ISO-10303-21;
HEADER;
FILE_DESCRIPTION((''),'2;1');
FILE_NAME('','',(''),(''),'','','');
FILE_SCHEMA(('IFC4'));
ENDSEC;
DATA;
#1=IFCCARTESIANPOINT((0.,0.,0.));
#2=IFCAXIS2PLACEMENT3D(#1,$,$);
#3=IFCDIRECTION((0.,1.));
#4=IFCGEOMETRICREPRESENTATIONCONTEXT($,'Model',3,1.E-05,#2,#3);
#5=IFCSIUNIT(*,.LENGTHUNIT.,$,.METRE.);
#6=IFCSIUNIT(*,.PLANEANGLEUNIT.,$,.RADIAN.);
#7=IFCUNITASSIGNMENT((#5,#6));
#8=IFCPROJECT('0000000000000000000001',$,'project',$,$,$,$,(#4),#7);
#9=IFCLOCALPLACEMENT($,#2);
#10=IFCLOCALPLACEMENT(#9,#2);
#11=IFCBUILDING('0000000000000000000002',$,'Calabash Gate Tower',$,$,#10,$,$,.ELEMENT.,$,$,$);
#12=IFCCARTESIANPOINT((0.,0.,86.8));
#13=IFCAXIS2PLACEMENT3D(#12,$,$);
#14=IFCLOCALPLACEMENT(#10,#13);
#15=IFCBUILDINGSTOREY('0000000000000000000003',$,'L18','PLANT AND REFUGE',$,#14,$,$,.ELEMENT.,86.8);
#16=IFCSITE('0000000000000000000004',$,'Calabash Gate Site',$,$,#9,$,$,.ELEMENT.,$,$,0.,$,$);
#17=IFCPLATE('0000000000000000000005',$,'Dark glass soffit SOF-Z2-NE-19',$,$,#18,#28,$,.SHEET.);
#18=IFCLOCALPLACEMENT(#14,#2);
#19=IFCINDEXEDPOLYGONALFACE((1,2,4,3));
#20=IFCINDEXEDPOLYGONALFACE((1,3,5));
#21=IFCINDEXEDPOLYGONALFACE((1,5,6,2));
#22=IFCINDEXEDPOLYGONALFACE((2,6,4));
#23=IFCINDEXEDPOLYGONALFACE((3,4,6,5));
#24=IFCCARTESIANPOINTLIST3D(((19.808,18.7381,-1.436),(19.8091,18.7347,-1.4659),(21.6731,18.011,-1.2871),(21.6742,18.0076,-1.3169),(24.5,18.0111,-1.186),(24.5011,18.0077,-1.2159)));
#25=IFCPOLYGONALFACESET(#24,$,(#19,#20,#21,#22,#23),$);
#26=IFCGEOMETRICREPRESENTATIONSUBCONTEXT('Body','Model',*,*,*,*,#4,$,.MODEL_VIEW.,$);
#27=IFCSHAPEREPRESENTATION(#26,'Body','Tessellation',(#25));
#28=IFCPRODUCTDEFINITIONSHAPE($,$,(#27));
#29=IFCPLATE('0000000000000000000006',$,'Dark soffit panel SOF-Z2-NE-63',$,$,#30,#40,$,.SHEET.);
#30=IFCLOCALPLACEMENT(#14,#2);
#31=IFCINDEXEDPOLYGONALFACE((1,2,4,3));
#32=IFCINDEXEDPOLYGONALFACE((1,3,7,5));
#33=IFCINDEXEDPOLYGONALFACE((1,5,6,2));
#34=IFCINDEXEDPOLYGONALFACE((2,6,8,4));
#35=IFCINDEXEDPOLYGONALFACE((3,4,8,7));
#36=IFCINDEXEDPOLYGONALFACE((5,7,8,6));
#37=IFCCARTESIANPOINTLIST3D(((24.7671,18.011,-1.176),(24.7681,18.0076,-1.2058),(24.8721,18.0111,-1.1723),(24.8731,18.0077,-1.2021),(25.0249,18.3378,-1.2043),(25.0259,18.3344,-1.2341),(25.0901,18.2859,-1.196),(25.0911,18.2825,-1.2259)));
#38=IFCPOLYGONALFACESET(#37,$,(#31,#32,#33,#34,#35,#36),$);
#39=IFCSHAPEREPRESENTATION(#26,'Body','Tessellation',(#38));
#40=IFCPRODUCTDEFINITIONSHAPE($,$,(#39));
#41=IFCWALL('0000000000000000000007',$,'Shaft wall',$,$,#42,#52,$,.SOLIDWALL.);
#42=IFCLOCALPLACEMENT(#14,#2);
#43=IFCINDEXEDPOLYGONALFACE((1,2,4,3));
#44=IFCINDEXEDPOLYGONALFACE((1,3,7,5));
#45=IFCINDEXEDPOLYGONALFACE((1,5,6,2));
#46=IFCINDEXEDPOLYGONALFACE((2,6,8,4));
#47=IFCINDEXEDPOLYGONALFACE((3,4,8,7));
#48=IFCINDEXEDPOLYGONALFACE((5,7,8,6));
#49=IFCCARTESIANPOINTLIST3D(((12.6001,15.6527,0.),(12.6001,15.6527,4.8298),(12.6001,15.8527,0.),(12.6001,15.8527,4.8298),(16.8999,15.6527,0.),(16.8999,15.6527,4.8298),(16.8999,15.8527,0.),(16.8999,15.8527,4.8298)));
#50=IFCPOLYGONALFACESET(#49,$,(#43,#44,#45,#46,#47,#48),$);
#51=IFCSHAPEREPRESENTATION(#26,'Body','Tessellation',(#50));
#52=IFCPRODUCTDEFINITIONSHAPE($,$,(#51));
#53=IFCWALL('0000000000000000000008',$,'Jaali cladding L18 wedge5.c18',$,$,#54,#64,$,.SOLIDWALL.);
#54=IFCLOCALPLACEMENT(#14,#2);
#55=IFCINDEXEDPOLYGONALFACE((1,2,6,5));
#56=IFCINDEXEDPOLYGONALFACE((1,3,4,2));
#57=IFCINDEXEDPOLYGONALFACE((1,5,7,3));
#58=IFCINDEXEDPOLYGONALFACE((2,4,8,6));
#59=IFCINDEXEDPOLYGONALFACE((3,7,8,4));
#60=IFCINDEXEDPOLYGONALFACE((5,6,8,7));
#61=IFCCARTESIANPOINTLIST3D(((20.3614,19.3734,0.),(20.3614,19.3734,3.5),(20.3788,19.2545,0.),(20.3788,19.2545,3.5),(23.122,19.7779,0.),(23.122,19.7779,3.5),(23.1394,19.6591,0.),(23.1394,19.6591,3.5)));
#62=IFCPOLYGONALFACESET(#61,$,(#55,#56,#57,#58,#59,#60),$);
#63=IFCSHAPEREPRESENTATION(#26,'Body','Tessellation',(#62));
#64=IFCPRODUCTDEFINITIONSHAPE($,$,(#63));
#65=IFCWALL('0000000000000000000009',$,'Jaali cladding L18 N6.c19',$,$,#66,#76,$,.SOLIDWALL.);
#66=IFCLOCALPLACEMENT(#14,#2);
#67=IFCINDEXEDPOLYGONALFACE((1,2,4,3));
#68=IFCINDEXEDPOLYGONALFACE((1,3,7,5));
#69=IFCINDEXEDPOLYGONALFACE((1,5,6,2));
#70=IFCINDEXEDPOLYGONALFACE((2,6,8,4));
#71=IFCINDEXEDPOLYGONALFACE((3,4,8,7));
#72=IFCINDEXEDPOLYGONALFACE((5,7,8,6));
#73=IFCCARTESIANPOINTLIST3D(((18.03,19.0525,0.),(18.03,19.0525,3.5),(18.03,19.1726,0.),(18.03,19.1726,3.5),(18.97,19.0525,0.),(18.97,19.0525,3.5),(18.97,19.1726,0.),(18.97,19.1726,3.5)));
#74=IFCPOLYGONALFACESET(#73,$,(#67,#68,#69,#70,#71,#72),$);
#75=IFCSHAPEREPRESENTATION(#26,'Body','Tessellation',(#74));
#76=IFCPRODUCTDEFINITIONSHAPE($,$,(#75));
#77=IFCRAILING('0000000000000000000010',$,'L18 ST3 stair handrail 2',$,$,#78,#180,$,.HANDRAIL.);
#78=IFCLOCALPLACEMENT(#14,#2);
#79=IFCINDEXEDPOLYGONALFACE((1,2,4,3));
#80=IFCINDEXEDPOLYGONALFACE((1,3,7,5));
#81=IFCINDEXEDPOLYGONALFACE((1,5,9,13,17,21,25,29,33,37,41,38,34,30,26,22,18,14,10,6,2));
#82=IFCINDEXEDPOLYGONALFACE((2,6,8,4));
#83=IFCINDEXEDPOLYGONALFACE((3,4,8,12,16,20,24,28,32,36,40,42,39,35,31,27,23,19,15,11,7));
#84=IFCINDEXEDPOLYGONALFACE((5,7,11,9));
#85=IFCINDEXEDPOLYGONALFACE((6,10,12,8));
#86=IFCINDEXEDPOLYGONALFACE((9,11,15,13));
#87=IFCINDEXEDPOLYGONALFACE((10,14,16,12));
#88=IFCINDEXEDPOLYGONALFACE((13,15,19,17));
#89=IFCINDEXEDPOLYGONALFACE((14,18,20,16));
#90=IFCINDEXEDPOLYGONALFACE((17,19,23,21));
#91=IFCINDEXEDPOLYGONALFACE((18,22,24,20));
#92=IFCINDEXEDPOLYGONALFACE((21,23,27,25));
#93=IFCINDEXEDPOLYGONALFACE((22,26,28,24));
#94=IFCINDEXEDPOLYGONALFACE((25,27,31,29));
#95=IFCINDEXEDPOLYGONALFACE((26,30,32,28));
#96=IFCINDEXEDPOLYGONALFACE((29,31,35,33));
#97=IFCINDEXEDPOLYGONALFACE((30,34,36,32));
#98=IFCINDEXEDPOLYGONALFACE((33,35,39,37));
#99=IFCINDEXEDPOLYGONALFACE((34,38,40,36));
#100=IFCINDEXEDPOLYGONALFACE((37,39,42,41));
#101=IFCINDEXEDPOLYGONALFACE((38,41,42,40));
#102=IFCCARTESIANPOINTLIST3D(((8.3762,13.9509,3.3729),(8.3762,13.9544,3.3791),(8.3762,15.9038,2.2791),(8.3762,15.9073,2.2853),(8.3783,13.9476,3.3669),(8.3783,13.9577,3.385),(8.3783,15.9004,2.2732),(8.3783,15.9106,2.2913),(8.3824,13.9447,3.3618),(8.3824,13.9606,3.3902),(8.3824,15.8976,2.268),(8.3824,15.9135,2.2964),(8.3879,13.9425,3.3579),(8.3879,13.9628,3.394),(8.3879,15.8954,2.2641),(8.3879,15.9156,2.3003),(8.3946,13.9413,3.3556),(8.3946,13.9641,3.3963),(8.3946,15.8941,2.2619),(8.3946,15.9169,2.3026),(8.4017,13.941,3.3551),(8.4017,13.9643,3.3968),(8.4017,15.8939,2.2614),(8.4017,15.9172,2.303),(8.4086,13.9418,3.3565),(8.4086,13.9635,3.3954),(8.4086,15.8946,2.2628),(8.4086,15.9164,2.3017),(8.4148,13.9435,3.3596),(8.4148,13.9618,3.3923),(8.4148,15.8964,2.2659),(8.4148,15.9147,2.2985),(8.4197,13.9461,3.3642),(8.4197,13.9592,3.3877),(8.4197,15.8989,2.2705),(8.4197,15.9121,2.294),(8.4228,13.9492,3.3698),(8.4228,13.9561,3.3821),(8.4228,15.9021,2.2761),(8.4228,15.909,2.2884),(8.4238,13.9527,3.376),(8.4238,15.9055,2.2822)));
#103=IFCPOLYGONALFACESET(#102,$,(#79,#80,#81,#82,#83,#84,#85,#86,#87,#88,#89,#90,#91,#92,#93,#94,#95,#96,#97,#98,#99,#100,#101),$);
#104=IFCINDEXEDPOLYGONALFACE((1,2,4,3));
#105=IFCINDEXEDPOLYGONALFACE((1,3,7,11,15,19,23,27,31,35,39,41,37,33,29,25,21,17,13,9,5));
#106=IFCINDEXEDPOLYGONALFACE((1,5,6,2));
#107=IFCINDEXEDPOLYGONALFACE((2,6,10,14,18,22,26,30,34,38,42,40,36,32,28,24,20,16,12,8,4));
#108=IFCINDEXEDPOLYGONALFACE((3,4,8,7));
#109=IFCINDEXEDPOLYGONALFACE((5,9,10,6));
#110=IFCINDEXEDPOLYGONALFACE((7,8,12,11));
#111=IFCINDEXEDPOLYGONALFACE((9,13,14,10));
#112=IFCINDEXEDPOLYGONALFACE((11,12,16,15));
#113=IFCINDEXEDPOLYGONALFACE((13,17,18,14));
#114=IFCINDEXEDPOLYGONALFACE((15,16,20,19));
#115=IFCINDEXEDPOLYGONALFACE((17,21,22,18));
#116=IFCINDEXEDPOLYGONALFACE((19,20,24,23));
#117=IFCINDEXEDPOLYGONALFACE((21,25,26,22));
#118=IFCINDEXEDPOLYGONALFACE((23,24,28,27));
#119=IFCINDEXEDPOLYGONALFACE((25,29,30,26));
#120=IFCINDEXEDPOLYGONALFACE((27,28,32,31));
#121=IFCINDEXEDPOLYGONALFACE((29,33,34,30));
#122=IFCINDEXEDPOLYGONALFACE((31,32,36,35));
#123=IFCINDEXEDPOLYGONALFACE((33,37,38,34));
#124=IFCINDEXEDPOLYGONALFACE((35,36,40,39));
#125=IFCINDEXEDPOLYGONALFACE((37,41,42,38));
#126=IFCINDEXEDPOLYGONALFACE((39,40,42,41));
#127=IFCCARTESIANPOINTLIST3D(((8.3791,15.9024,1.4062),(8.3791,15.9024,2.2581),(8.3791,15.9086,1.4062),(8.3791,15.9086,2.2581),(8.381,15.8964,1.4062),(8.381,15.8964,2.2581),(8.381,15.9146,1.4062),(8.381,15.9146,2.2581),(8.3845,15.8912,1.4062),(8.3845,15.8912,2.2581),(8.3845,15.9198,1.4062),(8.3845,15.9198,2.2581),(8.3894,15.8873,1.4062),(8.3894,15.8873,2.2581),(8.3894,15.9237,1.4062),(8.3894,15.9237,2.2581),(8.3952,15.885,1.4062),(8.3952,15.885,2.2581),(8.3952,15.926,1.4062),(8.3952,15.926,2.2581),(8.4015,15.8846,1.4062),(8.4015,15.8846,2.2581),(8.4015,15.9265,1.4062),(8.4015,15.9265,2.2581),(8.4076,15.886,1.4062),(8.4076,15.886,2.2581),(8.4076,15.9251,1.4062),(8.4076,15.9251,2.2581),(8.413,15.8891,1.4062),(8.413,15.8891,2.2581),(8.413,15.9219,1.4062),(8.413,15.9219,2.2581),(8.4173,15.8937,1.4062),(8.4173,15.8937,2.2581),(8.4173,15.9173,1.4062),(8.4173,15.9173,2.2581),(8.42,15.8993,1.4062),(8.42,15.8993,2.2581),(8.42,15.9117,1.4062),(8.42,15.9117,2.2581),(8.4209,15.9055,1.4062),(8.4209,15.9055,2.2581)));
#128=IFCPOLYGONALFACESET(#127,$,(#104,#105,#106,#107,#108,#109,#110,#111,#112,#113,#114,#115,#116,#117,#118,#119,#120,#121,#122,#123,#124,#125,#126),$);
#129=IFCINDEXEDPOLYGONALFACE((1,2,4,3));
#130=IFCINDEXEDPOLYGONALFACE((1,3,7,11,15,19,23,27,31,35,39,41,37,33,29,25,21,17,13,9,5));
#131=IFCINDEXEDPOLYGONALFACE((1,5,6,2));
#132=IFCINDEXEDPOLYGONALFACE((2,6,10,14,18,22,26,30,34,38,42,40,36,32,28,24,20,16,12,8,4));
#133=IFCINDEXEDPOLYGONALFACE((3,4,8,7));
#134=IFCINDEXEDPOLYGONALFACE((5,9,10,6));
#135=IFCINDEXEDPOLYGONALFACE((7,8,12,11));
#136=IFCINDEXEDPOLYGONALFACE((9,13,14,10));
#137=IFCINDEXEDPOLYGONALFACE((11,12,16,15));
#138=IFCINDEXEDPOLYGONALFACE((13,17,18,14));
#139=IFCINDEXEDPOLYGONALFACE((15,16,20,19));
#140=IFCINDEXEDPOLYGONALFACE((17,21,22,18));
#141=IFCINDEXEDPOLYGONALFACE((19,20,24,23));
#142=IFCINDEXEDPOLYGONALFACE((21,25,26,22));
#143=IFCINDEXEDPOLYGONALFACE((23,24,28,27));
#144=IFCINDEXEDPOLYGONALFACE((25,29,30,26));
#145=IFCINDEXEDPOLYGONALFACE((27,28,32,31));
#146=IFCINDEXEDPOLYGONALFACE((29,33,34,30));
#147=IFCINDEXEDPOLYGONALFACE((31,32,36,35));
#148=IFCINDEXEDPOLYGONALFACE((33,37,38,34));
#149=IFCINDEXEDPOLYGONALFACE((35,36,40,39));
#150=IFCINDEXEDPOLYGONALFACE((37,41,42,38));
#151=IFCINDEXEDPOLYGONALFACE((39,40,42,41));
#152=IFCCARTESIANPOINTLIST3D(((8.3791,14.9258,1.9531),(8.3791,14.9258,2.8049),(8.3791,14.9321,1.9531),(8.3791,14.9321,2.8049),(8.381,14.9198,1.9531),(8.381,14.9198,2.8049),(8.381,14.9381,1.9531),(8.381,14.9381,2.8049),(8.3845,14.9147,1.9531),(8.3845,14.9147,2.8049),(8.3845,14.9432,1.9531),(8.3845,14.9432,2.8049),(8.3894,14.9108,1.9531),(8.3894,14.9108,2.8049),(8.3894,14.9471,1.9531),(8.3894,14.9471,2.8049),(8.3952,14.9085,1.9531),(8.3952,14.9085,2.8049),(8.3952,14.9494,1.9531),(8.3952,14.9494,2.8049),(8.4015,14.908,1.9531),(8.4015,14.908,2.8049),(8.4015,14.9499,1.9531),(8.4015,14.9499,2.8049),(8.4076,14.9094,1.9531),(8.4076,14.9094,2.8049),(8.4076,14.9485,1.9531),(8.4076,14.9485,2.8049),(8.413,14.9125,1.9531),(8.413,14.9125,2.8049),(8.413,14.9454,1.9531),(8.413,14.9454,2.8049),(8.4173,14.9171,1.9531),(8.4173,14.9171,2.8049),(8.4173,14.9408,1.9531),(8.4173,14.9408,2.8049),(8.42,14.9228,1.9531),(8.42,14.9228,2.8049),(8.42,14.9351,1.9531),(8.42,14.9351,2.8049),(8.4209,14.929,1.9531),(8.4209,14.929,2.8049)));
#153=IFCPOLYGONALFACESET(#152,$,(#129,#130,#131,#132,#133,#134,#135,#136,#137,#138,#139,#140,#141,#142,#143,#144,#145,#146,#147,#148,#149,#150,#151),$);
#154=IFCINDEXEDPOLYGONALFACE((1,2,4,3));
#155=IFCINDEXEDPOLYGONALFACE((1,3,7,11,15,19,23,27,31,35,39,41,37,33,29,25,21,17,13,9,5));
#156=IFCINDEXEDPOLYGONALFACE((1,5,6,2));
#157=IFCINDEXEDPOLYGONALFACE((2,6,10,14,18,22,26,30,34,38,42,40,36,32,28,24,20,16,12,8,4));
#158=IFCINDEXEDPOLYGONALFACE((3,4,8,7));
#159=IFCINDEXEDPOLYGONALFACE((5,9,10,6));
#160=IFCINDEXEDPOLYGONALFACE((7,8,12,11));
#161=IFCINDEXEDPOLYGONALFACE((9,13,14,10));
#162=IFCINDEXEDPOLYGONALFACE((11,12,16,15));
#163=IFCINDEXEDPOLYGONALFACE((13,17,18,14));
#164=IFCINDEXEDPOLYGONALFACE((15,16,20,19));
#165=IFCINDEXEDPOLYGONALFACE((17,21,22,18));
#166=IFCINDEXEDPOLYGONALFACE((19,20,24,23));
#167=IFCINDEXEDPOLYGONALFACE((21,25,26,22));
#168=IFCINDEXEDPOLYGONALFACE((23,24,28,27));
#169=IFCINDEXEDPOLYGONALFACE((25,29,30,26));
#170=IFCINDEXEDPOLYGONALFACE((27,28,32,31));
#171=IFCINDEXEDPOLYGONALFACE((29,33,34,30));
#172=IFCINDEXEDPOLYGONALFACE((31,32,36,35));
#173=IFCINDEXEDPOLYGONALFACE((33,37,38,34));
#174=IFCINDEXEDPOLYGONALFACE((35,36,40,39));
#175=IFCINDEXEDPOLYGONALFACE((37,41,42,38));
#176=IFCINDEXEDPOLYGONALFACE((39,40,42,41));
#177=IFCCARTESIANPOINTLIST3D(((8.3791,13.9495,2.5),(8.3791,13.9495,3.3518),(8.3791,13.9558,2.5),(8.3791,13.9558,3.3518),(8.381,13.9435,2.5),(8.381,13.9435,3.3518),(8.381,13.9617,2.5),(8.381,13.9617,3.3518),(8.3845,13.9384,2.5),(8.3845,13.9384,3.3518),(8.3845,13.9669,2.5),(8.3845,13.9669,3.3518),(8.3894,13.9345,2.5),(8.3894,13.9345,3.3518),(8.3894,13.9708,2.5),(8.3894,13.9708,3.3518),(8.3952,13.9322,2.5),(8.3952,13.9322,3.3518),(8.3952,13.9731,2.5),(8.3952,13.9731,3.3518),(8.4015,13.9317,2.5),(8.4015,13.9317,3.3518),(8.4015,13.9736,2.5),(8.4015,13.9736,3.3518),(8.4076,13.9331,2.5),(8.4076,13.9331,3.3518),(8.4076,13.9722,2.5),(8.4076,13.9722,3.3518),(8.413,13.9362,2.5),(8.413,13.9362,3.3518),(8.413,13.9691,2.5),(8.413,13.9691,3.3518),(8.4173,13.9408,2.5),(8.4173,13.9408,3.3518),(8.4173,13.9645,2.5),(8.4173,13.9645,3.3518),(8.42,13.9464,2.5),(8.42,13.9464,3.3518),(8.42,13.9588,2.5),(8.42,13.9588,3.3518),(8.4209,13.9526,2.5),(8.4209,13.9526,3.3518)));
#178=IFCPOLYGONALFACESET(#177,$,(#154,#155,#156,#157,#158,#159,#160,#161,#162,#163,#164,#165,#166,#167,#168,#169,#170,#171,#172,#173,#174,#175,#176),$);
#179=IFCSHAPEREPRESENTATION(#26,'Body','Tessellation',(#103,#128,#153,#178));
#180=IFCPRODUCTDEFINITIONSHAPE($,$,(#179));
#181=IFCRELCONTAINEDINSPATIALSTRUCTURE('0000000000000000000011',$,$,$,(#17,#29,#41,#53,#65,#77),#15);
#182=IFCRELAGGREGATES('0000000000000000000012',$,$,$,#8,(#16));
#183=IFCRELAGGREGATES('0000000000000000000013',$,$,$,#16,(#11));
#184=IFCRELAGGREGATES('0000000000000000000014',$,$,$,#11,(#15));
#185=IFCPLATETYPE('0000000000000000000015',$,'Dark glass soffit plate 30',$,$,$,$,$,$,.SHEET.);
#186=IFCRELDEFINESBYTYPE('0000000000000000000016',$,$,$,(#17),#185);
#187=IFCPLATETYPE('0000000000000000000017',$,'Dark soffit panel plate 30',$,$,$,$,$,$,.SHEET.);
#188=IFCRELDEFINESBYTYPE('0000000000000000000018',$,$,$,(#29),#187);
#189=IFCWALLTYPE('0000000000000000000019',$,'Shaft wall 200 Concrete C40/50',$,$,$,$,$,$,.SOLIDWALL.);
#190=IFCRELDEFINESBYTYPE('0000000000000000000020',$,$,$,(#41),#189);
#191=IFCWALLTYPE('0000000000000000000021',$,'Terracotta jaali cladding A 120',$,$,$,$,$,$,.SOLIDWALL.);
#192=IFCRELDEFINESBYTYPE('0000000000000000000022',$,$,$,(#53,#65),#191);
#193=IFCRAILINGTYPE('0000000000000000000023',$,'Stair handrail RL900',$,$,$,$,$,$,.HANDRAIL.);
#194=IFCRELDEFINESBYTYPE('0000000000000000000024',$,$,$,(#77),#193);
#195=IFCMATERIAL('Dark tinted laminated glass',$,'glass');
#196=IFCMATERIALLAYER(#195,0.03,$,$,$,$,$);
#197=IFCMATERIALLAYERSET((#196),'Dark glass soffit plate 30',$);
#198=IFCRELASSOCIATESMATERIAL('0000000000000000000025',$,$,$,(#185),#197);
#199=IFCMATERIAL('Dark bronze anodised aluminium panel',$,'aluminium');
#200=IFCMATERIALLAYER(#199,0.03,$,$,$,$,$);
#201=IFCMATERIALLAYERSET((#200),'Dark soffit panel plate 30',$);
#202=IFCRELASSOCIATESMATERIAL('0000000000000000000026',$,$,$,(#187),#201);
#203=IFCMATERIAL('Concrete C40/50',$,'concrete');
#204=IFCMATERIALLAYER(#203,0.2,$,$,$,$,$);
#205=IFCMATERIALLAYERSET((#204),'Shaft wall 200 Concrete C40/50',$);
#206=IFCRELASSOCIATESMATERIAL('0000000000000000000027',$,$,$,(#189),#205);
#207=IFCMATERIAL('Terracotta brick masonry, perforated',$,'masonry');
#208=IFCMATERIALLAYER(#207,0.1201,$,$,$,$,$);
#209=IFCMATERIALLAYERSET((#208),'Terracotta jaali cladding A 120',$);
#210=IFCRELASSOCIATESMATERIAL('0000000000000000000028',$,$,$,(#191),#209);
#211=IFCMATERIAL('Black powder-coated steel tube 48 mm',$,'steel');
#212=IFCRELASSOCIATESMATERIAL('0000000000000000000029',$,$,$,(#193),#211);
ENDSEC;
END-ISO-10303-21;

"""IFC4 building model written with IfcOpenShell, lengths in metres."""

from ifc_helpers import new_model, si_unit, direction, frame, frame_2d, origin, origin_2d, place, context, subcontext, project, spatial, polyline, rectangle, circle, outline, extrude, material, layer, layer_set, type_object, element, save


model = new_model("IFC4")

# Units and contexts
model_context = context("Model", 3, precision=1e-05, world=origin(), true_north=direction((0.0, 1.0)))
body_context = subcontext(model_context, "Body", "Model", "MODEL_VIEW")
ifc_project = project(units=[si_unit("LENGTHUNIT", "METRE"), si_unit("PLANEANGLEUNIT", "RADIAN")], contexts=[model_context])

# Site, building, storey
site_placement = place(None, origin())
site = spatial("IfcSite", under=ifc_project, at=site_placement, Name="Calabash Gate Site", CompositionType="ELEMENT", RefElevation=0.0)
building_placement = place(site_placement, origin())
building = spatial("IfcBuilding", under=site, at=building_placement, Name="Calabash Gate Tower", CompositionType="ELEMENT")
storey_placement = place(building_placement, frame((0.0, 0.0, 86.8)))
storey = spatial("IfcBuildingStorey", under=building, at=storey_placement, Name="L18", Description="PLANT AND REFUGE", CompositionType="ELEMENT", Elevation=86.8)

# Plates
ifc_material_1 = material(Name="Dark tinted laminated glass", Category="glass")
ifc_layer_1 = layer(ifc_material_1, 0.03)
ifc_layer_set_1 = layer_set([ifc_layer_1], Name="Dark glass soffit plate 30")
plate_type_1 = type_object("IfcPlateType", Name="Dark glass soffit plate 30", PredefinedType="SHEET", material=ifc_layer_set_1)
plate_1_placement = place(storey_placement, frame((21.6731, 18.011, -1.2871), z_axis=(-0.035505, 0.112333, 0.993036), x_axis=(-0.929137, 0.362216, -0.074195)))
element("IfcPlate", 1, at=plate_1_placement, inside=storey, type_object=plate_type_1, Name="Dark glass soffit SOF-Z2-NE-19", PredefinedType="SHEET", context=body_context, shape_type="SweptSolid", body=[
    extrude(outline(polyline([(0.0, 0.0), (2.0073, 0.0), (-2.634, -1.0312), (0.0, 0.0)])), origin(), (0.0, 0.0, -1.0), 0.03),
])
ifc_material_2 = material(Name="Dark bronze anodised aluminium panel", Category="aluminium")
ifc_layer_2 = layer(ifc_material_2, 0.03)
ifc_layer_set_2 = layer_set([ifc_layer_2], Name="Dark soffit panel plate 30")
plate_type_2 = type_object("IfcPlateType", Name="Dark soffit panel plate 30", PredefinedType="SHEET", material=ifc_layer_set_2)
plate_2_placement = place(storey_placement, frame((24.7671, 18.011, -1.176), z_axis=(-0.035102, 0.113551, 0.992912), x_axis=(0.617858, 0.783366, -0.067744)))
element("IfcPlate", 2, at=plate_2_placement, inside=storey, type_object=plate_type_2, Name="Dark soffit panel SOF-Z2-NE-63", PredefinedType="SHEET", context=body_context, shape_type="SweptSolid", body=[
    extrude(outline(polyline([(0.0, 0.0), (0.4172, 0.0), (0.4163, -0.0837), (0.0647, -0.0828), (0.0, 0.0)])), origin(), (0.0, 0.0, -1.0), 0.03),
])

# Walls
ifc_material_3 = material(Name="Concrete C40/50", Category="concrete")
ifc_layer_3 = layer(ifc_material_3, 0.2)
ifc_layer_set_3 = layer_set([ifc_layer_3], Name="Shaft wall 200 Concrete C40/50")
wall_type_1 = type_object("IfcWallType", Name="Shaft wall 200 Concrete C40/50", PredefinedType="SOLIDWALL", material=ifc_layer_set_3)
wall_1_placement = place(storey_placement, frame((12.6001, 15.7527, 0.0), z_axis=(0.0, 0.0, 1.0), x_axis=(1.0, 0.0, 0.0)))
element("IfcWall", 3, at=wall_1_placement, inside=storey, type_object=wall_type_1, Name="Shaft wall", PredefinedType="SOLIDWALL", context=body_context, shape_type="SweptSolid", body=[
    extrude(rectangle(XDim=4.2998, YDim=0.2, at=frame_2d((2.1499, 0.0))), origin(), (0.0, 0.0, 1.0), 4.8298),
])
ifc_material_4 = material(Name="Terracotta brick masonry, perforated", Category="masonry")
ifc_layer_4 = layer(ifc_material_4, 0.1201)
ifc_layer_set_4 = layer_set([ifc_layer_4], Name="Terracotta jaali cladding A 120")
wall_type_2 = type_object("IfcWallType", Name="Terracotta jaali cladding A 120", PredefinedType="SOLIDWALL", material=ifc_layer_set_4)
wall_2_placement = place(storey_placement, frame((20.3701, 19.314, 0.0), z_axis=(0.0, 0.0, 1.0), x_axis=(0.989432, 0.144998, 0.0)))
element("IfcWall", 4, at=wall_2_placement, inside=storey, type_object=wall_type_2, Name="Jaali cladding L18 wedge5.c18", PredefinedType="SOLIDWALL", context=body_context, shape_type="SweptSolid", body=[
    extrude(rectangle(XDim=2.79, YDim=0.1201, at=frame_2d((1.395, 0.0))), origin(), (0.0, 0.0, 1.0), 3.5),
])
wall_3_placement = place(storey_placement, frame((18.03, 19.1125, 0.0), z_axis=(0.0, 0.0, 1.0), x_axis=(1.0, 0.0, 0.0)))
element("IfcWall", 5, at=wall_3_placement, inside=storey, type_object=wall_type_2, Name="Jaali cladding L18 N6.c19", PredefinedType="SOLIDWALL", context=body_context, shape_type="SweptSolid", body=[
    extrude(rectangle(XDim=0.9399, YDim=0.1201, at=frame_2d((0.47, 0.0))), origin(), (0.0, 0.0, 1.0), 3.5),
])

# Railing
ifc_material_5 = material(Name="Black powder-coated steel tube 48 mm", Category="steel")
railing_type = type_object("IfcRailingType", Name="Stair handrail RL900", PredefinedType="HANDRAIL", material=ifc_material_5)
for number, where, name in (
    (6, (8.3999, 15.9055, 1.4062), "L18 ST3 stair handrail 2"),
):
    element("IfcRailing", number, at=place(storey_placement, frame(where)), inside=storey, type_object=railing_type, Name=name, PredefinedType="HANDRAIL", context=body_context, shape_type="SweptSolid", body=[
        extrude(circle(Radius=0.0239, at=origin_2d()), frame((0.0, 0.0, 0.876), z_axis=(0.0, -0.87248, 0.48865), x_axis=(1.0, 0.0, 0.0)), (0.0, 0.0, 1.0), 2.2383),
        extrude(circle(Radius=0.021, at=origin_2d()), origin(), (0.0, 0.0, 1.0), 0.8518),
        extrude(circle(Radius=0.021, at=origin_2d()), frame((0.0, -0.9766, 0.5469)), (0.0, 0.0, 1.0), 0.8518),
        extrude(circle(Radius=0.021, at=origin_2d()), frame((0.0, -1.9529, 1.0938)), (0.0, 0.0, 1.0), 0.8518),
    ])

save(model, "model.ifc")
